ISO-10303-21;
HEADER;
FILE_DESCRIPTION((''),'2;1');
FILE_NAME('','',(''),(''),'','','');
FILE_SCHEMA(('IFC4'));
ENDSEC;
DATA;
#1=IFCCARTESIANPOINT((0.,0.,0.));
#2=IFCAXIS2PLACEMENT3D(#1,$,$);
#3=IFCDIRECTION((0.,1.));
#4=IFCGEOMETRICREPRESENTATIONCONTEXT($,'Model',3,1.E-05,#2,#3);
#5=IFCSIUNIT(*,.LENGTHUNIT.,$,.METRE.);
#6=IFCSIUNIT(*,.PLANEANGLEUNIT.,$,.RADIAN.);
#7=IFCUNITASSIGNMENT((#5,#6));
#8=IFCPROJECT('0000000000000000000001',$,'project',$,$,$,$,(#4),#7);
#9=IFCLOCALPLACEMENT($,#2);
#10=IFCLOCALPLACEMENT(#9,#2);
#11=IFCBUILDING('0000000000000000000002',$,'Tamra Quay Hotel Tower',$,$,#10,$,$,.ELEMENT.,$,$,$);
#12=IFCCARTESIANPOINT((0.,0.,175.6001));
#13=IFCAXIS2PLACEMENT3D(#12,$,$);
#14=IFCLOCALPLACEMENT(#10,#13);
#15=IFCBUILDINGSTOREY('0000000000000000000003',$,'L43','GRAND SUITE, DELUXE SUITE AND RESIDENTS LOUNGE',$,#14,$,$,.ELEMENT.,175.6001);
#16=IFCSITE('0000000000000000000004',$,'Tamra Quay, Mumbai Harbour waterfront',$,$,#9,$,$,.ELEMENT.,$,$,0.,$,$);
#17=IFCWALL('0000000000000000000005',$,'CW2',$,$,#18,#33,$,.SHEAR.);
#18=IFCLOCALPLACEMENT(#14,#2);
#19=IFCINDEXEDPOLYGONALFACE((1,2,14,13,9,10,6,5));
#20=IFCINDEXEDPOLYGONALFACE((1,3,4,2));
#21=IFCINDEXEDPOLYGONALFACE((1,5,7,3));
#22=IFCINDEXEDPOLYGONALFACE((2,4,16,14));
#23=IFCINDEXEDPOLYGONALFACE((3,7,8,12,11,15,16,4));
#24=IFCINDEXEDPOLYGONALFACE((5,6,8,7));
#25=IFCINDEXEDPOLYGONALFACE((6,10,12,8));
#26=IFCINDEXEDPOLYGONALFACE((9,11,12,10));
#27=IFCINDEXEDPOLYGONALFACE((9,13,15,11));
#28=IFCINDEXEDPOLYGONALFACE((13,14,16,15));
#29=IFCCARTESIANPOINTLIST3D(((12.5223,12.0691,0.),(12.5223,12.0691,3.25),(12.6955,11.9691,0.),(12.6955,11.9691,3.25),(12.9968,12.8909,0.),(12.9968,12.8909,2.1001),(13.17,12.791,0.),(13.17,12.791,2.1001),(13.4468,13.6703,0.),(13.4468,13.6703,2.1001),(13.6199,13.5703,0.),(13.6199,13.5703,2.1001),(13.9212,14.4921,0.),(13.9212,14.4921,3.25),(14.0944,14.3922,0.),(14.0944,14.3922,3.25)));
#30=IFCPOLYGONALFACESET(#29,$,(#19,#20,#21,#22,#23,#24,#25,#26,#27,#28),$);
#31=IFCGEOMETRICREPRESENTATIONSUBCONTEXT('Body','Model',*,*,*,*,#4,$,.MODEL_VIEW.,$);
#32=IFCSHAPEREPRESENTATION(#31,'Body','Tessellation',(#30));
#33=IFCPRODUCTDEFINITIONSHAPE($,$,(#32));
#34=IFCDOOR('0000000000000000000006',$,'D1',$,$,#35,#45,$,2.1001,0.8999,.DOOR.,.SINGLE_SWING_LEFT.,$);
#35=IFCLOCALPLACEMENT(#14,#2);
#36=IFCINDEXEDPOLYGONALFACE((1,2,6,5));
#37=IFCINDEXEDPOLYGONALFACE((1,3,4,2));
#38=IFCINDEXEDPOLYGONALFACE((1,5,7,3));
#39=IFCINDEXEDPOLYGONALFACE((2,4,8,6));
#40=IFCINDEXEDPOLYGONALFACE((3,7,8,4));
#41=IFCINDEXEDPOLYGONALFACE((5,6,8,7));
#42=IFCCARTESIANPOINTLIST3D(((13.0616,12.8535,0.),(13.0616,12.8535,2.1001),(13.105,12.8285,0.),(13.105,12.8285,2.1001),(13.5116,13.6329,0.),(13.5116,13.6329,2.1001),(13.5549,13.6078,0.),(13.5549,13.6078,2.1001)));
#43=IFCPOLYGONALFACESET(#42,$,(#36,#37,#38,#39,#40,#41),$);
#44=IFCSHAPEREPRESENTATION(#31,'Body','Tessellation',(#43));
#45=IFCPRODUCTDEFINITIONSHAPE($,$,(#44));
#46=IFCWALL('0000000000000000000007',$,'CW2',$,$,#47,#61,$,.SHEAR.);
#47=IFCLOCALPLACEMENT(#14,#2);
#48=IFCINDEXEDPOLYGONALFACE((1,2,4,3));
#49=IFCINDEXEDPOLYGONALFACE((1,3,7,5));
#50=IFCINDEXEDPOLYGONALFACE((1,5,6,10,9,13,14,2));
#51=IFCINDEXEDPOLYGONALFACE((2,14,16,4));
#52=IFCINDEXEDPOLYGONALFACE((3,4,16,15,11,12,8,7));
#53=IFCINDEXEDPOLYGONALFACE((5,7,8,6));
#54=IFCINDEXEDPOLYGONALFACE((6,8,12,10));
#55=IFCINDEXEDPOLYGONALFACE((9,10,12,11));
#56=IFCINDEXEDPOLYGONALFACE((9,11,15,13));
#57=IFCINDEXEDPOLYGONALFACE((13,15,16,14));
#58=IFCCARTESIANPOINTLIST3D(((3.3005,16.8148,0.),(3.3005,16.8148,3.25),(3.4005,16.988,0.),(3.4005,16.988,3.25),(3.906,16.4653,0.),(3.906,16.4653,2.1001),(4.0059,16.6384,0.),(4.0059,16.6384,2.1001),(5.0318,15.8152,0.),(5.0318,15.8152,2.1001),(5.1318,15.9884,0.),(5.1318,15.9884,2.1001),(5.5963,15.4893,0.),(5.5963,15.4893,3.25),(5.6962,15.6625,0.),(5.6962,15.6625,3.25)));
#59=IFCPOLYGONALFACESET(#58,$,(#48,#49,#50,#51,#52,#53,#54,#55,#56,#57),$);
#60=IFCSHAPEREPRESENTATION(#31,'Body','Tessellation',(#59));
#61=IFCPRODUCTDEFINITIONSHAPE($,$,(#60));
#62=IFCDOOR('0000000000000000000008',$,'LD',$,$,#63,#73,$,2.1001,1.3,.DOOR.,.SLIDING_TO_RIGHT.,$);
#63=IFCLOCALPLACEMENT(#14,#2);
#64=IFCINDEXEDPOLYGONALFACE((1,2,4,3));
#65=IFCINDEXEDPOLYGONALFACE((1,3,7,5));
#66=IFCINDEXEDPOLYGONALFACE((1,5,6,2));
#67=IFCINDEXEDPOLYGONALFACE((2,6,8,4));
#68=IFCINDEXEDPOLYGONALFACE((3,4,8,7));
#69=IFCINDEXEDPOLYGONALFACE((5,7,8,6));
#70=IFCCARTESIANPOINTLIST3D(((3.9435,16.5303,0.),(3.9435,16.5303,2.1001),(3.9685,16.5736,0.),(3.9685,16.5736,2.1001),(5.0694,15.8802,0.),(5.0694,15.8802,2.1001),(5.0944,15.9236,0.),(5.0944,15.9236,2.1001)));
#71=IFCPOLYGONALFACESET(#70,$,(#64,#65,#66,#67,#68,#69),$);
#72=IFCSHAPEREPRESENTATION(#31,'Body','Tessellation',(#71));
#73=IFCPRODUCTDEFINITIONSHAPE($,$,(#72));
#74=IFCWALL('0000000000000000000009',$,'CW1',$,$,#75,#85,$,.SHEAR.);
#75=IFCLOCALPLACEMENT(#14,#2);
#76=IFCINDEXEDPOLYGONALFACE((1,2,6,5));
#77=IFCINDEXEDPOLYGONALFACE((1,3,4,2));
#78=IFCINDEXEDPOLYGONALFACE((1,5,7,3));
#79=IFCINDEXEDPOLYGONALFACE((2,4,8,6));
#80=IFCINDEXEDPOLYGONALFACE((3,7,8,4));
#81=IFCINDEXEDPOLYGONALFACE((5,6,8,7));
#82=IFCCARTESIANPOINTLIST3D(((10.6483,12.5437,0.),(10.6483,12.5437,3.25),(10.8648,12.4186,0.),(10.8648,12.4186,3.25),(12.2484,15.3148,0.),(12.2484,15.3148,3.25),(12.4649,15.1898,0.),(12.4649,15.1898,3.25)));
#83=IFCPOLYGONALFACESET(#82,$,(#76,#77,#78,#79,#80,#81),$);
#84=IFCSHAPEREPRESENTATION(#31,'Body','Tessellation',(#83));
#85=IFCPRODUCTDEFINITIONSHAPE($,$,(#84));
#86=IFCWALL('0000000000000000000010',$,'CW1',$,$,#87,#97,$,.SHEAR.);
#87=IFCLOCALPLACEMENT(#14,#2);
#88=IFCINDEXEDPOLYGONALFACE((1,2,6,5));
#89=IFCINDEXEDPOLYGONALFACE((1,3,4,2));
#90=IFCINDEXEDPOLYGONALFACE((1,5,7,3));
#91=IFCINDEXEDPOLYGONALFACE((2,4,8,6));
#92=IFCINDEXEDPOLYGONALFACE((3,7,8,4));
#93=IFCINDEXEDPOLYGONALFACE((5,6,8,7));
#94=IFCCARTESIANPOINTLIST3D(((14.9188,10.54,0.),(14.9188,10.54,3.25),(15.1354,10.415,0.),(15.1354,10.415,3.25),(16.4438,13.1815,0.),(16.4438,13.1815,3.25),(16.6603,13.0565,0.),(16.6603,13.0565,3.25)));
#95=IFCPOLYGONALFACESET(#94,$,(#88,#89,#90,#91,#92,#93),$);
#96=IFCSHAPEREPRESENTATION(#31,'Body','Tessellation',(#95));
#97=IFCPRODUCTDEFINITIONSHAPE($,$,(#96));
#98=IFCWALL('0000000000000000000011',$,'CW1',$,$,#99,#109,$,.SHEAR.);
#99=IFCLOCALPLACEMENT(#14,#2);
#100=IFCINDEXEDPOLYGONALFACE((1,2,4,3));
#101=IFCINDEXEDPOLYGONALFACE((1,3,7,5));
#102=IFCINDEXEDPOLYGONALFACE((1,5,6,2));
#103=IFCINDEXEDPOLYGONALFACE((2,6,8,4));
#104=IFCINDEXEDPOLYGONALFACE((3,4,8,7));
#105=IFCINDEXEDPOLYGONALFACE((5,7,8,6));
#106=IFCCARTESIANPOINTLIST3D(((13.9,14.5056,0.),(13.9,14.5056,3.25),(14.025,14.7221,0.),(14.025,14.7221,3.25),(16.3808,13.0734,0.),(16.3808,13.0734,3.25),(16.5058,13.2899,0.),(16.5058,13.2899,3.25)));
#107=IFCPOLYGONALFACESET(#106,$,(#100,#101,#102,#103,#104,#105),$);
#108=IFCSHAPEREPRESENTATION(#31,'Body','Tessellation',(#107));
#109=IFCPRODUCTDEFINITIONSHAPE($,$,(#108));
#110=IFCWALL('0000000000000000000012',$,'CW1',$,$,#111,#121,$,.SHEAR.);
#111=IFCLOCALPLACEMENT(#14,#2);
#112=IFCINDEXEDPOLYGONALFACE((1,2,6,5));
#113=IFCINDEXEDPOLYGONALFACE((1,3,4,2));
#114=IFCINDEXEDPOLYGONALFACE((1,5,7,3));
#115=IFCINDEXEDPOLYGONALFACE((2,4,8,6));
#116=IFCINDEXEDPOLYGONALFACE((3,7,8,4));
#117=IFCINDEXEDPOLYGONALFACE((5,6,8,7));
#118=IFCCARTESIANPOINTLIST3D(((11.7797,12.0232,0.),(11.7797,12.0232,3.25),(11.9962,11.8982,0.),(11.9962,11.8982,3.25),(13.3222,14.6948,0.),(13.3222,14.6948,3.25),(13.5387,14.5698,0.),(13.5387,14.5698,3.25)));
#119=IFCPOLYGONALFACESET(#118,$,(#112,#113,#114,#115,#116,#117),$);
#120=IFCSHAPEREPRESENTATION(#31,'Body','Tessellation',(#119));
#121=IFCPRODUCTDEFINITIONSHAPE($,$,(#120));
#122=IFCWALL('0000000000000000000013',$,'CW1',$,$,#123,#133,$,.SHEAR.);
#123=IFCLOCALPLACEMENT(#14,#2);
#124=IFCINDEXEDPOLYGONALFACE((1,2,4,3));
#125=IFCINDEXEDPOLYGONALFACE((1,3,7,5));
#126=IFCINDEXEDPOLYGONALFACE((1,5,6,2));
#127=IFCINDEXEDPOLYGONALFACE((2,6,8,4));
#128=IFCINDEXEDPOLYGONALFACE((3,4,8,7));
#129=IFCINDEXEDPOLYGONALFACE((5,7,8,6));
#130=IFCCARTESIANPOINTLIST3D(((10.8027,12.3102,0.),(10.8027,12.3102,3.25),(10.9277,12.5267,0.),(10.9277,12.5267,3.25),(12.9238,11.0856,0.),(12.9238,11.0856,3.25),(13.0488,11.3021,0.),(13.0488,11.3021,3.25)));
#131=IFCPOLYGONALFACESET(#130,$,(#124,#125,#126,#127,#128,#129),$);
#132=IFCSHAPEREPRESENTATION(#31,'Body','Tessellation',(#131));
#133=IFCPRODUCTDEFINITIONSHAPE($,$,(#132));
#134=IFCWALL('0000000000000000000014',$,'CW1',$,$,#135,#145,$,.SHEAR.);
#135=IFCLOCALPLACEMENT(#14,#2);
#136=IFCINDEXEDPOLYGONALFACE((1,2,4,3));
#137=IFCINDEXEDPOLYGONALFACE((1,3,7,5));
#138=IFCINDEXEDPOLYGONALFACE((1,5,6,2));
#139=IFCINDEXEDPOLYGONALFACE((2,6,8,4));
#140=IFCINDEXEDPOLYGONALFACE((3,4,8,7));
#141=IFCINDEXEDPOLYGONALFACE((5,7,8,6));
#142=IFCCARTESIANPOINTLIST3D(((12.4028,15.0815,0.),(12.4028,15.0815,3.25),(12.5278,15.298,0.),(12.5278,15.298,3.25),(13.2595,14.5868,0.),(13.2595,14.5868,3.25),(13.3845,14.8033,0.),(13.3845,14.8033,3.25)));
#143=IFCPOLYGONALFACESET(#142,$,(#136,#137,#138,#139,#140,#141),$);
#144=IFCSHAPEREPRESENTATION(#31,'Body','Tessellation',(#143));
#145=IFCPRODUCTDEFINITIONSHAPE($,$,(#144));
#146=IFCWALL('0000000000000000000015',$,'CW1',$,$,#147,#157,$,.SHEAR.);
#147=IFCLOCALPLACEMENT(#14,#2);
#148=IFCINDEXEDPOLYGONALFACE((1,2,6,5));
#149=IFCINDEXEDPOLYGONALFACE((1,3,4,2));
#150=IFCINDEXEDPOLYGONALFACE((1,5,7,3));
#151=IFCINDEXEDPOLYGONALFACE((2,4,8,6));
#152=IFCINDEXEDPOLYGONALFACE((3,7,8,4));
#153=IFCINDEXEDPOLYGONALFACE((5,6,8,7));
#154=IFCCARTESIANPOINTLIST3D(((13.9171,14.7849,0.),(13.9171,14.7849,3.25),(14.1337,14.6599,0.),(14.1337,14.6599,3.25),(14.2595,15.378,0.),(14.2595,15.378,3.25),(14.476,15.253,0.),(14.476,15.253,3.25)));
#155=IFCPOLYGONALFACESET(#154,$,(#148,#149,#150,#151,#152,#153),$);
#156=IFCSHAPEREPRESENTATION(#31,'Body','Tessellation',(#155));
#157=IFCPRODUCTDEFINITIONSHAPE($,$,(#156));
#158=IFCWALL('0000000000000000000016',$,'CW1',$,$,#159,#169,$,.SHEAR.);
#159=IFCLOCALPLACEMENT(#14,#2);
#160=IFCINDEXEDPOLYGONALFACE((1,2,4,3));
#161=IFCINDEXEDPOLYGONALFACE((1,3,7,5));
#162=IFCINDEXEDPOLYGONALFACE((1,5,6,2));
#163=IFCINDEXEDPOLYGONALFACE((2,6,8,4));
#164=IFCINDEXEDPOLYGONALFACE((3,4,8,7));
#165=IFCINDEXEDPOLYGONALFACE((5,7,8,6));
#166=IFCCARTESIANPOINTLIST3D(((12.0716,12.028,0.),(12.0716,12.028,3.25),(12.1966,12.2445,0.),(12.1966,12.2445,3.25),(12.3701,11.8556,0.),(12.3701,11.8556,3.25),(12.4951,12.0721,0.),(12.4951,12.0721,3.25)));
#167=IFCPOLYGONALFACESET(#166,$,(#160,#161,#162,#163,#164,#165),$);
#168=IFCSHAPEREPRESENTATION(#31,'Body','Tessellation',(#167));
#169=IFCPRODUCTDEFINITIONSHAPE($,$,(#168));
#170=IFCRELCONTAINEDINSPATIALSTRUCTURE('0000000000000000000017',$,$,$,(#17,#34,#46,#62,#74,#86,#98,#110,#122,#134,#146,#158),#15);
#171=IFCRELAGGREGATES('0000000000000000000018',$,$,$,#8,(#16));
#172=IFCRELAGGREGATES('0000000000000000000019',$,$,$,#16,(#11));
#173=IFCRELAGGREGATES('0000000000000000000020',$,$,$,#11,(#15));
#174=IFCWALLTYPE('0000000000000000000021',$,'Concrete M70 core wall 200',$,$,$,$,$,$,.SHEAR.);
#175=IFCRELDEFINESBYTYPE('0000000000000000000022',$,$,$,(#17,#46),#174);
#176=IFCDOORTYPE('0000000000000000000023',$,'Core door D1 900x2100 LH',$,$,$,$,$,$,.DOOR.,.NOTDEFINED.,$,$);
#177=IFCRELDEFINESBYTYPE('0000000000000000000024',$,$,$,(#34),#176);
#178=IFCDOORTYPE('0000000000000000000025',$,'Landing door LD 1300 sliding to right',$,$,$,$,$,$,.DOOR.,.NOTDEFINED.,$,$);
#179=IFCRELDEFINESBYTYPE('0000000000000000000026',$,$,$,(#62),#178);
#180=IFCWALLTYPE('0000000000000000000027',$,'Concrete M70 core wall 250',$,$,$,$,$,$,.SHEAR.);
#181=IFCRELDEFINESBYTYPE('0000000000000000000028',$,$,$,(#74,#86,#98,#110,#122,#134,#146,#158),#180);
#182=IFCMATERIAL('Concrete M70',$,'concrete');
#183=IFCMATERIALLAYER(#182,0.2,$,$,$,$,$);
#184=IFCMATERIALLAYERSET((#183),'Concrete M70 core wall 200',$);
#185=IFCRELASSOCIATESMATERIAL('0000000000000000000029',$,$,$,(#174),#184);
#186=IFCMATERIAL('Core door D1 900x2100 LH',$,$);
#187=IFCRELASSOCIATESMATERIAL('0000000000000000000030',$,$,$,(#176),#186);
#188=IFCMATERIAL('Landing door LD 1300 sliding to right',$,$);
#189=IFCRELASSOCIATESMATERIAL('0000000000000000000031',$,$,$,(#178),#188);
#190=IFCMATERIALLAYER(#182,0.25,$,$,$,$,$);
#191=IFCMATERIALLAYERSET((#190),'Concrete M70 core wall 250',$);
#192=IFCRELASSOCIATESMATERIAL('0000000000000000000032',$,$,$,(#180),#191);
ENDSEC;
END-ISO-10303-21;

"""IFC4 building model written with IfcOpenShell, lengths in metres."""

from ifc_helpers import new_model, si_unit, direction, frame, frame_2d, origin, place, context, subcontext, project, spatial, rectangle, extrude, material, layer, layer_set, type_object, element, fill, save


model = new_model("IFC4")

# Units and contexts
model_context = context("Model", 3, precision=1e-05, world=origin(), true_north=direction((0.0, 1.0)))
body_context = subcontext(model_context, "Body", "Model", "MODEL_VIEW")
ifc_project = project(units=[si_unit("LENGTHUNIT", "METRE"), si_unit("PLANEANGLEUNIT", "RADIAN")], contexts=[model_context])

# Site, building, storey
site_placement = place(None, origin())
site = spatial("IfcSite", under=ifc_project, at=site_placement, Name="Tamra Quay, Mumbai Harbour waterfront", CompositionType="ELEMENT", RefElevation=0.0)
building_placement = place(site_placement, origin())
building = spatial("IfcBuilding", under=site, at=building_placement, Name="Tamra Quay Hotel Tower", CompositionType="ELEMENT")
storey_placement = place(building_placement, frame((0.0, 0.0, 175.6001)))
storey = spatial("IfcBuildingStorey", under=building, at=storey_placement, Name="L43", Description="GRAND SUITE, DELUXE SUITE AND RESIDENTS LOUNGE", CompositionType="ELEMENT", Elevation=175.6001)

# Shared definitions
ifc_material_1 = material(Name="Concrete M70", Category="concrete")

# Shared definitions
ifc_layer_1 = layer(ifc_material_1, 0.2)
ifc_layer_set_1 = layer_set([ifc_layer_1], Name="Concrete M70 core wall 200")
wall_type_1 = type_object("IfcWallType", Name="Concrete M70 core wall 200", PredefinedType="SHEAR", material=ifc_layer_set_1)

# Walls, openings, doors
wall_1_placement = place(storey_placement, frame((14.0078, 14.4421, 0.0), z_axis=(0.0, 0.0, 1.0), x_axis=(-0.499987, -0.866033, 0.0)))
wall_1 = element("IfcWall", 1, at=wall_1_placement, inside=storey, type_object=wall_type_1, Name="CW2", PredefinedType="SHEAR", context=body_context, shape_type="SweptSolid", body=[
    extrude(rectangle(XDim=2.7979, YDim=0.2, at=frame_2d((1.3989, 0.0))), origin(), (0.0, 0.0, 1.0), 3.25),
])
opening_1_placement = place(wall_1_placement, frame((0.949, 0.0, 0.0)))
opening_1 = element("IfcOpeningElement", 2, at=opening_1_placement, cuts=wall_1, PredefinedType="OPENING", context=body_context, shape_type="SweptSolid", body=[
    extrude(rectangle(XDim=0.8999, YDim=2.1001, at=frame_2d((0.45, 1.05))), frame((0.0, 0.1099, 0.0), z_axis=(0.0, -1.0, 0.0), x_axis=(1.0, 0.0, 0.0)), (0.0, 0.0, 1.0), 0.22),
])
ifc_material_2 = material(Name="Core door D1 900x2100 LH")
door_type_1 = type_object("IfcDoorType", Name="Core door D1 900x2100 LH", OperationType="NOTDEFINED", PredefinedType="DOOR", material=ifc_material_2)
door_1_placement = place(opening_1_placement, origin())
door_1 = element("IfcDoor", 3, at=door_1_placement, inside=storey, type_object=door_type_1, Name="D1", OperationType="SINGLE_SWING_LEFT", OverallHeight=2.1001, OverallWidth=0.8999, PredefinedType="DOOR", context=body_context, shape_type="SweptSolid", body=[
    extrude(rectangle(XDim=0.8999, YDim=2.1001, at=frame_2d((0.45, 1.05))), frame((0.0, 0.0249, 0.0), z_axis=(0.0, -1.0, 0.0), x_axis=(1.0, 0.0, 0.0)), (0.0, 0.0, 1.0), 0.05),
])
fill(opening_1, door_1)
wall_2_placement = place(storey_placement, frame((5.6462, 15.5759, 0.0), z_axis=(0.0, 0.0, 1.0), x_axis=(-0.866018, 0.500012, 0.0)))
wall_2 = element("IfcWall", 4, at=wall_2_placement, inside=storey, type_object=wall_type_1, Name="CW2", PredefinedType="SHEAR", context=body_context, shape_type="SweptSolid", body=[
    extrude(rectangle(XDim=2.6509, YDim=0.2, at=frame_2d((1.3254, 0.0))), origin(), (0.0, 0.0, 1.0), 3.25),
])
opening_2_placement = place(wall_2_placement, frame((0.6519, 0.0, 0.0)))
opening_2 = element("IfcOpeningElement", 5, at=opening_2_placement, cuts=wall_2, PredefinedType="OPENING", context=body_context, shape_type="SweptSolid", body=[
    extrude(rectangle(XDim=1.3, YDim=2.1001, at=frame_2d((0.6499, 1.05))), frame((0.0, 0.1099, 0.0), z_axis=(0.0, -1.0, 0.0), x_axis=(1.0, 0.0, 0.0)), (0.0, 0.0, 1.0), 0.22),
])
ifc_material_3 = material(Name="Landing door LD 1300 sliding to right")
door_type_2 = type_object("IfcDoorType", Name="Landing door LD 1300 sliding to right", OperationType="NOTDEFINED", PredefinedType="DOOR", material=ifc_material_3)
door_2_placement = place(opening_2_placement, origin())
door_2 = element("IfcDoor", 6, at=door_2_placement, inside=storey, type_object=door_type_2, Name="LD", OperationType="SLIDING_TO_RIGHT", OverallHeight=2.1001, OverallWidth=1.3, PredefinedType="DOOR", context=body_context, shape_type="SweptSolid", body=[
    extrude(rectangle(XDim=1.3, YDim=2.1001, at=frame_2d((0.6499, 1.05))), frame((0.0, 0.0249, 0.0), z_axis=(0.0, -1.0, 0.0), x_axis=(1.0, 0.0, 0.0)), (0.0, 0.0, 1.0), 0.05),
])
fill(opening_2, door_2)

# Walls
ifc_layer_2 = layer(ifc_material_1, 0.25)
ifc_layer_set_2 = layer_set([ifc_layer_2], Name="Concrete M70 core wall 250")
wall_type_2 = type_object("IfcWallType", Name="Concrete M70 core wall 250", PredefinedType="SHEAR", material=ifc_layer_set_2)
wall_3_placement = place(storey_placement, frame((12.3567, 15.2524, 0.0), z_axis=(0.0, 0.0, 1.0), x_axis=(-0.500028, -0.866009, 0.0)))
element("IfcWall", 7, at=wall_3_placement, inside=storey, type_object=wall_type_2, Name="CW1", PredefinedType="SHEAR", context=body_context, shape_type="SweptSolid", body=[
    extrude(rectangle(XDim=3.2, YDim=0.25, at=frame_2d((1.6001, 0.0))), origin(), (0.0, 0.0, 1.0), 3.25),
])
wall_4_placement = place(storey_placement, frame((16.552, 13.1189, 0.0), z_axis=(0.0, 0.0, 1.0), x_axis=(-0.499979, -0.866038, 0.0)))
element("IfcWall", 8, at=wall_4_placement, inside=storey, type_object=wall_type_2, Name="CW1", PredefinedType="SHEAR", context=body_context, shape_type="SweptSolid", body=[
    extrude(rectangle(XDim=3.05, YDim=0.25, at=frame_2d((1.5249, 0.0))), origin(), (0.0, 0.0, 1.0), 3.25),
])
wall_5_placement = place(storey_placement, frame((13.9626, 14.6138, 0.0), z_axis=(0.0, 0.0, 1.0), x_axis=(0.866042, -0.499971, 0.0)))
element("IfcWall", 9, at=wall_5_placement, inside=storey, type_object=wall_type_2, Name="CW1", PredefinedType="SHEAR", context=body_context, shape_type="SweptSolid", body=[
    extrude(rectangle(XDim=2.8645, YDim=0.25, at=frame_2d((1.4321, 0.0))), origin(), (0.0, 0.0, 1.0), 3.25),
])
wall_6_placement = place(storey_placement, frame((11.8879, 11.9607, 0.0), z_axis=(0.0, 0.0, 1.0), x_axis=(0.500003, 0.866023, 0.0)))
element("IfcWall", 10, at=wall_6_placement, inside=storey, type_object=wall_type_2, Name="CW1", PredefinedType="SHEAR", context=body_context, shape_type="SweptSolid", body=[
    extrude(rectangle(XDim=3.085, YDim=0.25, at=frame_2d((1.5425, 0.0))), origin(), (0.0, 0.0, 1.0), 3.25),
])
wall_7_placement = place(storey_placement, frame((10.8652, 12.4185, 0.0), z_axis=(0.0, 0.0, 1.0), x_axis=(0.866026, -0.499999, 0.0)))
element("IfcWall", 11, at=wall_7_placement, inside=storey, type_object=wall_type_2, Name="CW1", PredefinedType="SHEAR", context=body_context, shape_type="SweptSolid", body=[
    extrude(rectangle(XDim=2.4492, YDim=0.25, at=frame_2d((1.2246, 0.0))), origin(), (0.0, 0.0, 1.0), 3.25),
])
wall_8_placement = place(storey_placement, frame((13.322, 14.6951, 0.0), z_axis=(0.0, 0.0, 1.0), x_axis=(-0.866017, 0.500014, 0.0)))
element("IfcWall", 12, at=wall_8_placement, inside=storey, type_object=wall_type_2, Name="CW1", PredefinedType="SHEAR", context=body_context, shape_type="SweptSolid", body=[
    extrude(rectangle(XDim=0.9893, YDim=0.25, at=frame_2d((0.4946, 0.0))), origin(), (0.0, 0.0, 1.0), 3.25),
])
wall_9_placement = place(storey_placement, frame((14.3677, 15.3154, 0.0), z_axis=(0.0, 0.0, 1.0), x_axis=(-0.499897, -0.866085, 0.0)))
element("IfcWall", 13, at=wall_9_placement, inside=storey, type_object=wall_type_2, Name="CW1", PredefinedType="SHEAR", context=body_context, shape_type="SweptSolid", body=[
    extrude(rectangle(XDim=0.6848, YDim=0.25, at=frame_2d((0.3423, 0.0))), origin(), (0.0, 0.0, 1.0), 3.25),
])
wall_10_placement = place(storey_placement, frame((12.4326, 11.9639, 0.0), z_axis=(0.0, 0.0, 1.0), x_axis=(-0.866056, 0.499947, 0.0)))
element("IfcWall", 14, at=wall_10_placement, inside=storey, type_object=wall_type_2, Name="CW1", PredefinedType="SHEAR", context=body_context, shape_type="SweptSolid", body=[
    extrude(rectangle(XDim=0.3447, YDim=0.25, at=frame_2d((0.1724, 0.0))), origin(), (0.0, 0.0, 1.0), 3.25),
])

save(model, "model.ifc")
